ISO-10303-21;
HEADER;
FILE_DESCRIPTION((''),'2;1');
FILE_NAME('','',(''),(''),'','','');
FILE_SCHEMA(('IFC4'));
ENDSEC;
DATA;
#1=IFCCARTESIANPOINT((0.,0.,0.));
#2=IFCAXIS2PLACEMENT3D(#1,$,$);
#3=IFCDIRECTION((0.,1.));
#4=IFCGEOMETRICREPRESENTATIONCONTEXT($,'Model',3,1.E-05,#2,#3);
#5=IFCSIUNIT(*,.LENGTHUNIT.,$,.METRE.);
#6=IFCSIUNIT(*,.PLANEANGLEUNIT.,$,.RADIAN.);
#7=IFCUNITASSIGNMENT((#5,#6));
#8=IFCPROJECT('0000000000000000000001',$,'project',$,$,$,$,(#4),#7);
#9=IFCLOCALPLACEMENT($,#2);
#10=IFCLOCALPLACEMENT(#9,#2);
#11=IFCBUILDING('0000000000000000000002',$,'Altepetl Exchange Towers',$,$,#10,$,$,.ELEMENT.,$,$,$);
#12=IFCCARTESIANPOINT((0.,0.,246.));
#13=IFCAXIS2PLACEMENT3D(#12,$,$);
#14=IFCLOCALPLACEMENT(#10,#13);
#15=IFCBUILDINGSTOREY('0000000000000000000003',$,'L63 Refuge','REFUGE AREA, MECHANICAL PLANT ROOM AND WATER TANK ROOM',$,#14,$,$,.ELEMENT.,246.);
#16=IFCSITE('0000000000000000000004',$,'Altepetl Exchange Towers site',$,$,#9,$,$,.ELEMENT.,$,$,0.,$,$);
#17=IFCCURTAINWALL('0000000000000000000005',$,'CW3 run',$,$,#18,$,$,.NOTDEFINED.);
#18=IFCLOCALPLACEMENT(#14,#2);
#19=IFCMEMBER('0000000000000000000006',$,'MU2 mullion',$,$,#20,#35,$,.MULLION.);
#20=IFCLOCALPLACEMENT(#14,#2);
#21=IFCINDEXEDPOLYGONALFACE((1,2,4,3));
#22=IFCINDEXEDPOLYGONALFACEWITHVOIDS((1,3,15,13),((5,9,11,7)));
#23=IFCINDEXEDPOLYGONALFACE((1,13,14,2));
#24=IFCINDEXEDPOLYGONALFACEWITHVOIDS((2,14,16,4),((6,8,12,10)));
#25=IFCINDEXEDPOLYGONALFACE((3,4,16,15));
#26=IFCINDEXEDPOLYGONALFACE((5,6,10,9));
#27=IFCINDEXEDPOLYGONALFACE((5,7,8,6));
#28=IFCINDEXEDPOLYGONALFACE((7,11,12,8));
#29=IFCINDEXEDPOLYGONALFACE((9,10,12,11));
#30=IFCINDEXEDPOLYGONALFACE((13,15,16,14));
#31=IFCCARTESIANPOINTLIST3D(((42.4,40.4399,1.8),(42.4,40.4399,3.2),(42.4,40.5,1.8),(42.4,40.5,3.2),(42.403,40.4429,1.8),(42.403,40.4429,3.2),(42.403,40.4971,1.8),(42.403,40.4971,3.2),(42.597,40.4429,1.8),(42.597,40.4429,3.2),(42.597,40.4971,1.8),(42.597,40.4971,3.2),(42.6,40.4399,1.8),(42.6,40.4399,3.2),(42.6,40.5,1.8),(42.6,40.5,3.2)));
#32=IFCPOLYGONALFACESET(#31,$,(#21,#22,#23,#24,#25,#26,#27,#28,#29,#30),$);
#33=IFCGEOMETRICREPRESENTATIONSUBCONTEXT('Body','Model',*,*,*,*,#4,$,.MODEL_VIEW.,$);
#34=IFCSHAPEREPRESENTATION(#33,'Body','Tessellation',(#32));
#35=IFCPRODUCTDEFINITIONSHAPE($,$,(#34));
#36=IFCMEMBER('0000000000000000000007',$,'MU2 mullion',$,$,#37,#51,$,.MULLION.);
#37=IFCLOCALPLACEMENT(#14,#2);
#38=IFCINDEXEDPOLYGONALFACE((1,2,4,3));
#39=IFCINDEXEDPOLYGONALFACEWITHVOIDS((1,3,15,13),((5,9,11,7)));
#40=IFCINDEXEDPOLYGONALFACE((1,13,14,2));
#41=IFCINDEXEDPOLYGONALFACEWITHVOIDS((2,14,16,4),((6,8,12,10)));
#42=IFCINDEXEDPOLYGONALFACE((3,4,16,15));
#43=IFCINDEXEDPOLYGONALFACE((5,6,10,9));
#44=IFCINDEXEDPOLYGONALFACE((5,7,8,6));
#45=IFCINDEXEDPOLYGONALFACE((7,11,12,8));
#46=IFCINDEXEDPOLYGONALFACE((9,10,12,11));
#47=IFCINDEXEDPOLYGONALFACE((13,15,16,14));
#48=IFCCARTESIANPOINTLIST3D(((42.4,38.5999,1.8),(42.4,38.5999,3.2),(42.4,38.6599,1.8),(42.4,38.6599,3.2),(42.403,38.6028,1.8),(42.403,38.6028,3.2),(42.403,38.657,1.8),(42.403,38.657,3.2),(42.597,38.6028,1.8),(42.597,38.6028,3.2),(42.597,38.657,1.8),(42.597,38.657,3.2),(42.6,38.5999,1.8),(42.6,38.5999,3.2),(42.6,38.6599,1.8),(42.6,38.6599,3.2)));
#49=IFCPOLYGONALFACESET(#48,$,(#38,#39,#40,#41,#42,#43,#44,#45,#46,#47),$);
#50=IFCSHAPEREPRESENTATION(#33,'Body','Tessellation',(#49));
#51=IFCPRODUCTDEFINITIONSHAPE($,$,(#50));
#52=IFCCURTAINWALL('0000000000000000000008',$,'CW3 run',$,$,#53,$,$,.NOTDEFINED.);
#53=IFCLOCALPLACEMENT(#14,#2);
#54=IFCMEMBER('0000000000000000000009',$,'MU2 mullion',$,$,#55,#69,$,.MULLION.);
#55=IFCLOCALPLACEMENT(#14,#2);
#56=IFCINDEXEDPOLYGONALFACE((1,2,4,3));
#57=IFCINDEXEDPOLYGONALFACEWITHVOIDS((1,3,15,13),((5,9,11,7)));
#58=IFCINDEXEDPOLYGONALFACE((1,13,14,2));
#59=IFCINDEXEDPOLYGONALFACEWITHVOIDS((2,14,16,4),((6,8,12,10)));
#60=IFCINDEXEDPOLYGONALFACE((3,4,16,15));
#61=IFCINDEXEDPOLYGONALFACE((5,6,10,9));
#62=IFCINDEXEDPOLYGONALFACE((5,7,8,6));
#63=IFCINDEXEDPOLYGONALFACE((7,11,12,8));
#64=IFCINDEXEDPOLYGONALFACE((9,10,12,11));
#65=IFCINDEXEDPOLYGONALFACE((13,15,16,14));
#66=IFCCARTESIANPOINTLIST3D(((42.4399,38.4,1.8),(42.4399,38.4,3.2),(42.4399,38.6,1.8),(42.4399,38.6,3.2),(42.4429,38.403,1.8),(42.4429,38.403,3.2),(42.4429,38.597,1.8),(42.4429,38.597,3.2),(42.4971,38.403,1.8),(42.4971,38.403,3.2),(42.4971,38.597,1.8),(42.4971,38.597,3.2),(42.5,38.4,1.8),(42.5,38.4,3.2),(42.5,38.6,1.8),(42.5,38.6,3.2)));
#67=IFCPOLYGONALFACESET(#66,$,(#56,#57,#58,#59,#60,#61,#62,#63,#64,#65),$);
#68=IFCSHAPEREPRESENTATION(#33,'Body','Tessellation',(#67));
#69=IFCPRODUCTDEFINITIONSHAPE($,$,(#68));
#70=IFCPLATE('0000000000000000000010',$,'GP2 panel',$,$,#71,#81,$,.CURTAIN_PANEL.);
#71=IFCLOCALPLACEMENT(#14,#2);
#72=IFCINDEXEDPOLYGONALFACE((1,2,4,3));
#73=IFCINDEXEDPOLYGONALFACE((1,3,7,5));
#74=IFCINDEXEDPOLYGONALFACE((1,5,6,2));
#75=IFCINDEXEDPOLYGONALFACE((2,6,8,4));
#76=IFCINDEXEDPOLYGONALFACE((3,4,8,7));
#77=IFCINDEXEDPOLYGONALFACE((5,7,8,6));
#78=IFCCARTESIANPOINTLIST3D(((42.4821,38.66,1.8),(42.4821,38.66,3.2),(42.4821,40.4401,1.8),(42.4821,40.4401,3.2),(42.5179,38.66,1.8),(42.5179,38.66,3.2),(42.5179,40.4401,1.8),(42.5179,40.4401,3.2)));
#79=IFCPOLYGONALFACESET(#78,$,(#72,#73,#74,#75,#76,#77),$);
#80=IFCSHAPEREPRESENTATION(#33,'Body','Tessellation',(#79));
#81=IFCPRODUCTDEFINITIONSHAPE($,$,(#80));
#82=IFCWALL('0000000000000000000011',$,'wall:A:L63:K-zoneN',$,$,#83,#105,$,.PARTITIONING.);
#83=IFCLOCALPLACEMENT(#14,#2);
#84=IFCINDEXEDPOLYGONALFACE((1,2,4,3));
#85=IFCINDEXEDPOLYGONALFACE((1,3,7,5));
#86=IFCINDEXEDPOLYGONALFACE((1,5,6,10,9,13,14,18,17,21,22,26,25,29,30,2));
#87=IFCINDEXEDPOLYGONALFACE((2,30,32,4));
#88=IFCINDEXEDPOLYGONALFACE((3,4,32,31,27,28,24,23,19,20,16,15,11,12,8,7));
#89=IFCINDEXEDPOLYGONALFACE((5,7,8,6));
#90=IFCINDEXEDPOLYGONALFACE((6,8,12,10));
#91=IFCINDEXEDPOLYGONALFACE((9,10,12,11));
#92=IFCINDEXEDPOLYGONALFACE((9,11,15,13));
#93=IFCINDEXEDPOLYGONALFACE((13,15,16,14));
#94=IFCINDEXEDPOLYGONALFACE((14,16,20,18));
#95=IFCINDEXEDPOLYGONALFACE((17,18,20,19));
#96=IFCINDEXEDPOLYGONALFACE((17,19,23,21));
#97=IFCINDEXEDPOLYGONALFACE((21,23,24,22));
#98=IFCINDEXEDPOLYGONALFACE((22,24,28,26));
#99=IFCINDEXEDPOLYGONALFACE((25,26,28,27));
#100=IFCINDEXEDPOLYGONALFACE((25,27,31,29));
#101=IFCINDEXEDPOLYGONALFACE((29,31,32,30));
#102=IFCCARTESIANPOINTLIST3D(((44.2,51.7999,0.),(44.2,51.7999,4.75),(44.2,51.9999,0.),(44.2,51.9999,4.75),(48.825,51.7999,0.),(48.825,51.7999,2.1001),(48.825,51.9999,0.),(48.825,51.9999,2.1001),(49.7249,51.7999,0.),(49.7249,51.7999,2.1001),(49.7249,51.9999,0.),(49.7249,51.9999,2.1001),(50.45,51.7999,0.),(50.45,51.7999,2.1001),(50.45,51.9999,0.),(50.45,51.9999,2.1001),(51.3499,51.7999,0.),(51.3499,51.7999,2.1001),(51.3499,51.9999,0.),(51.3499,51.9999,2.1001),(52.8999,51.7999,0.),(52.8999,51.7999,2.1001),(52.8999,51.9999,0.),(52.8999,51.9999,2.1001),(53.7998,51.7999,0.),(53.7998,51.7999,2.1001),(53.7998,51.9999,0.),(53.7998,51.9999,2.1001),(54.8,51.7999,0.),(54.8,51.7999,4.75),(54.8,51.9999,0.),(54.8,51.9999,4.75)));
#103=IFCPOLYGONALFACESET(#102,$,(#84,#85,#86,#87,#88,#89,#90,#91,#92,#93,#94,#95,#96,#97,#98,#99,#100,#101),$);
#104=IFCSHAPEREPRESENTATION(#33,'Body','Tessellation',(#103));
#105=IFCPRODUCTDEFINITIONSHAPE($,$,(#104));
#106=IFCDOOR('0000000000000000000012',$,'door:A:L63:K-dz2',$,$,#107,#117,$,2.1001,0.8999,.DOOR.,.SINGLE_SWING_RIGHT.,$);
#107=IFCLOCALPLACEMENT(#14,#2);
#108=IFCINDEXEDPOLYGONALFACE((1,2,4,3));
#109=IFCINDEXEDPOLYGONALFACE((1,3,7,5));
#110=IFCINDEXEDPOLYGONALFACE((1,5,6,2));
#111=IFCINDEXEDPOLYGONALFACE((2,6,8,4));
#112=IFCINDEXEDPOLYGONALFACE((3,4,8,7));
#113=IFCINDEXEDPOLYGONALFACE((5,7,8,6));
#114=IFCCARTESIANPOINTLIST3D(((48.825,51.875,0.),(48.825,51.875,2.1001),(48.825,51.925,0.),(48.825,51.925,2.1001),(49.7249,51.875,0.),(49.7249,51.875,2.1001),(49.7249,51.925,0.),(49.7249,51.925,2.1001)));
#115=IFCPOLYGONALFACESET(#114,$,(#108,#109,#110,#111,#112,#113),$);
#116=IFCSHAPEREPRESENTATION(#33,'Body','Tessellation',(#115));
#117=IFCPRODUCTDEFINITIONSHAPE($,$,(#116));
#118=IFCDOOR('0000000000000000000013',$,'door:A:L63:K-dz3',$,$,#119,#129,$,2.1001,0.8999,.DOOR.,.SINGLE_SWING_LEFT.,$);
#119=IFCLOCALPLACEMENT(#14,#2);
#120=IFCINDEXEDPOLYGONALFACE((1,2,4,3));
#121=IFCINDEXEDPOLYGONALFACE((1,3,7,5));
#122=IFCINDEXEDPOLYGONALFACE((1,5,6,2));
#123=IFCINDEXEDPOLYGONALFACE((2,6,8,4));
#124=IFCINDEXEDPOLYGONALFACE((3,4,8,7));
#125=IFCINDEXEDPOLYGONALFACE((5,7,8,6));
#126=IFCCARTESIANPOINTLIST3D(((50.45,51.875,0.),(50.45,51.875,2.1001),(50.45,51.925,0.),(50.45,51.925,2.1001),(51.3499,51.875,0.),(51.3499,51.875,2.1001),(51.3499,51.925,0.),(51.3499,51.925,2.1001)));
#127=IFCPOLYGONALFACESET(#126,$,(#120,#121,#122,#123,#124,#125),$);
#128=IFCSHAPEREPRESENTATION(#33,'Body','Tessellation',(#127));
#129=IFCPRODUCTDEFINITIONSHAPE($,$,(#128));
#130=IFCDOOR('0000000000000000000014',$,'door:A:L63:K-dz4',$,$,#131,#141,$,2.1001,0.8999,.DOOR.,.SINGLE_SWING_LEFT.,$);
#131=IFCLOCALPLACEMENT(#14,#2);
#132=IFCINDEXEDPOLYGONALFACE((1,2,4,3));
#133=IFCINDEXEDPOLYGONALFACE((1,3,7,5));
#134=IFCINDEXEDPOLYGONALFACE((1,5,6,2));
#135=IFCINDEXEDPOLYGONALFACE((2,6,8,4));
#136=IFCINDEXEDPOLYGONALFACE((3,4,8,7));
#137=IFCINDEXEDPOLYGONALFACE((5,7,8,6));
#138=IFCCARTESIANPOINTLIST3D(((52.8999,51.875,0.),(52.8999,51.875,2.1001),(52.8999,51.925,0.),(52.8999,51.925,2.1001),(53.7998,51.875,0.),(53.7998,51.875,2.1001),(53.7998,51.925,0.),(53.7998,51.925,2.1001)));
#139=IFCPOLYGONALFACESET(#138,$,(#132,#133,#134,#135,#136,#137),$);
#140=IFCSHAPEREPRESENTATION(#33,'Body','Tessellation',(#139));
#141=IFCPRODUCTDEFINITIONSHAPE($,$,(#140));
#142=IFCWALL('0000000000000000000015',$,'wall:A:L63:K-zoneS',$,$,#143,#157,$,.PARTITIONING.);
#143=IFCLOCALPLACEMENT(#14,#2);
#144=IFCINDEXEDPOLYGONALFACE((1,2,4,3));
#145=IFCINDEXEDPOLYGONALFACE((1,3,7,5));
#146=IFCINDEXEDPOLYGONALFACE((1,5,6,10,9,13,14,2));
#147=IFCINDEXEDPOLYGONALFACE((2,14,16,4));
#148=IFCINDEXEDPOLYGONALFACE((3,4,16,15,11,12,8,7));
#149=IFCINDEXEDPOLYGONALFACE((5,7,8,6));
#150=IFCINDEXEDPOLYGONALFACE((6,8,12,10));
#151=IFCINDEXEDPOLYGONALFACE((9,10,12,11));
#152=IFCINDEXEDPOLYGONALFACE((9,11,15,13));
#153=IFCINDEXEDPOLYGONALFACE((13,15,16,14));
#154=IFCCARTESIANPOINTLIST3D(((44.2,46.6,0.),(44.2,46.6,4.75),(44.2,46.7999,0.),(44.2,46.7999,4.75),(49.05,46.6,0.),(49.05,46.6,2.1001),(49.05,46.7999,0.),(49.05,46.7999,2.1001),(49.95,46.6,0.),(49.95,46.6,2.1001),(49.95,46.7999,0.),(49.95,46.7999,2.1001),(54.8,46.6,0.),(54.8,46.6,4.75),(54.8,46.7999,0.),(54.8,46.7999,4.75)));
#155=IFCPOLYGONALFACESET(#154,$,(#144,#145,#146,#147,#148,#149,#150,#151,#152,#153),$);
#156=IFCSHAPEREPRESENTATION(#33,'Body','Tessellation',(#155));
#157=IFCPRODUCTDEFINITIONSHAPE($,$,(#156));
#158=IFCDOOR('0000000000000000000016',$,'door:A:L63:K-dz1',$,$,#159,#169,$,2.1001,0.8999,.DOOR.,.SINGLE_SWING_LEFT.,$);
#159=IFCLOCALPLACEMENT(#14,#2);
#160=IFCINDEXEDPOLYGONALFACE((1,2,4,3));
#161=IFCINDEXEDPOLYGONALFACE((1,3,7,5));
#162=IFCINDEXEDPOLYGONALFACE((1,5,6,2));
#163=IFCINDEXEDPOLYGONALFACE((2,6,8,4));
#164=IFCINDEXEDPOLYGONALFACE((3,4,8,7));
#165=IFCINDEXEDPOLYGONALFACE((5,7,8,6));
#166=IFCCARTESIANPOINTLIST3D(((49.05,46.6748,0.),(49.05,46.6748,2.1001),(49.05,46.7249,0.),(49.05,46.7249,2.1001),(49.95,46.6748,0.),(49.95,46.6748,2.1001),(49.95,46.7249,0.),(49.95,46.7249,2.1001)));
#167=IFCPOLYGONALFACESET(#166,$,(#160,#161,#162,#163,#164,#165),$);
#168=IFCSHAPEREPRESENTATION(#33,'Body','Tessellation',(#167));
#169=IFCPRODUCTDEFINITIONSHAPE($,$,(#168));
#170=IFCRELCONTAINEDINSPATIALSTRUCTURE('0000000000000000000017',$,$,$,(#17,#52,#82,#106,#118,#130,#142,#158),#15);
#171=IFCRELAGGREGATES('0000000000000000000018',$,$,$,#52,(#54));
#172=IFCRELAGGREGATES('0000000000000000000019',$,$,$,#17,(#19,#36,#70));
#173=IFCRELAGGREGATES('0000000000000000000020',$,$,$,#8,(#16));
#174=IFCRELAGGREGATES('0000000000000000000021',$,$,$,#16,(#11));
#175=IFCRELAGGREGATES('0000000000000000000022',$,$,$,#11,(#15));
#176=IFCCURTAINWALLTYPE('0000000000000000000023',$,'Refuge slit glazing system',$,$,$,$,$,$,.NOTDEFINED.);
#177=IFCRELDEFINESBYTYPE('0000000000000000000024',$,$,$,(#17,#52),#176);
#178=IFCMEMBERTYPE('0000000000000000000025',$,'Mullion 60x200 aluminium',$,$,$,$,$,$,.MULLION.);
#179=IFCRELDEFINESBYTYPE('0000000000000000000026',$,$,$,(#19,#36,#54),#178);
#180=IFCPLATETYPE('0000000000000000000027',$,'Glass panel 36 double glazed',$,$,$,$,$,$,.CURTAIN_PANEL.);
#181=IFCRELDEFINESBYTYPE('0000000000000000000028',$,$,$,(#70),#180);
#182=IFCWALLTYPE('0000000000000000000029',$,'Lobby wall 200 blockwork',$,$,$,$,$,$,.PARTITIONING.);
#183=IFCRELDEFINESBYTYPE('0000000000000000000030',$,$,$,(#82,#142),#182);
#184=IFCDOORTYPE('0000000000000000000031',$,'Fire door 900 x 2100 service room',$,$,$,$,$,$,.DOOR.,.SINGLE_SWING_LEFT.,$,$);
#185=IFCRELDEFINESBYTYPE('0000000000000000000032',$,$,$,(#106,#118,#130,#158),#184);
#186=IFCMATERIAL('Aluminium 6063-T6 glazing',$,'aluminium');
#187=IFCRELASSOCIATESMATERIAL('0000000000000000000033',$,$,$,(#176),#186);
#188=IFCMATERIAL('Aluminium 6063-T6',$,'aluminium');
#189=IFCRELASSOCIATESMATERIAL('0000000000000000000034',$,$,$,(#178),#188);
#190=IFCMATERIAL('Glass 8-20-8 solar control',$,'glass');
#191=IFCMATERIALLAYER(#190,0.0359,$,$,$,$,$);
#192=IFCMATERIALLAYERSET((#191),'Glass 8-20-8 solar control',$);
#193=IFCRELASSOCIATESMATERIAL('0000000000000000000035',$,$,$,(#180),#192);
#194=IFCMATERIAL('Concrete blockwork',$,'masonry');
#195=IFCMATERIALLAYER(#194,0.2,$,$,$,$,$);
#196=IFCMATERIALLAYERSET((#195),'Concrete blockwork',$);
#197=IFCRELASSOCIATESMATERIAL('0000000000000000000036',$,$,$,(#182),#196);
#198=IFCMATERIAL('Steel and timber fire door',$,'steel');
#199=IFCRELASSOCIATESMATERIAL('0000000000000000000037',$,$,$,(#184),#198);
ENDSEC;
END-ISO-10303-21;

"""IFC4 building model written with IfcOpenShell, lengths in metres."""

from ifc_helpers import new_model, si_unit, direction, frame, frame_2d, origin, origin_2d, place, context, subcontext, project, spatial, rectangle, hollow_rectangle, extrude, material, layer, layer_set, material_profile, profile_set, type_object, element, fill, aggregate, save


model = new_model("IFC4")

# Units and contexts
model_context = context("Model", 3, precision=1e-05, world=origin(), true_north=direction((0.0, 1.0)))
body_context = subcontext(model_context, "Body", "Model", "MODEL_VIEW")
ifc_project = project(units=[si_unit("LENGTHUNIT", "METRE"), si_unit("PLANEANGLEUNIT", "RADIAN")], contexts=[model_context])

# Site, building, storey
site_placement = place(None, origin())
site = spatial("IfcSite", under=ifc_project, at=site_placement, Name="Altepetl Exchange Towers site", CompositionType="ELEMENT", RefElevation=0.0)
building_placement = place(site_placement, origin())
building = spatial("IfcBuilding", under=site, at=building_placement, Name="Altepetl Exchange Towers", CompositionType="ELEMENT")
storey_placement = place(building_placement, frame((0.0, 0.0, 246.0)))
storey = spatial("IfcBuildingStorey", under=building, at=storey_placement, Name="L63 Refuge", Description="REFUGE AREA, MECHANICAL PLANT ROOM AND WATER TANK ROOM", CompositionType="ELEMENT", Elevation=246.0)

# Curtain wall, members
ifc_material_1 = material(Name="Aluminium 6063-T6 glazing", Category="aluminium")
curtain_wall_type = type_object("IfcCurtainWallType", Name="Refuge slit glazing system", PredefinedType="NOTDEFINED", material=ifc_material_1)
curtain_wall_1_placement = place(storey_placement, origin())
curtain_wall_1 = element("IfcCurtainWall", 1, at=curtain_wall_1_placement, inside=storey, type_object=curtain_wall_type, Name="CW3 run", PredefinedType="NOTDEFINED")
ifc_material_2 = material(Name="Aluminium 6063-T6", Category="aluminium")
ifc_material_profile = material_profile(ifc_material_2, hollow_rectangle(XDim=0.0601, YDim=0.2, WallThickness=0.0029, at=origin_2d()), Name="Mullion 60x200 aluminium")
ifc_profile_set = profile_set([ifc_material_profile], Name="Aluminium 6063-T6")
member_type = type_object("IfcMemberType", Name="Mullion 60x200 aluminium", PredefinedType="MULLION", material=ifc_profile_set)
member_1_placement = place(storey_placement, frame((42.5, 40.47, 1.8), z_axis=(0.0, 0.0, 1.0), x_axis=(0.0, -1.0, 0.0)))
member_1 = element("IfcMember", 2, at=member_1_placement, type_object=member_type, Name="MU2 mullion", PredefinedType="MULLION", context=body_context, shape_type="SweptSolid", body=[
    extrude(hollow_rectangle(XDim=0.0601, YDim=0.2, WallThickness=0.0029, at=origin_2d()), origin(), (0.0, 0.0, 1.0), 1.3999),
])
member_2_placement = place(storey_placement, frame((42.5, 38.6299, 1.8), z_axis=(0.0, 0.0, 1.0), x_axis=(0.0, -1.0, 0.0)))
member_2 = element("IfcMember", 3, at=member_2_placement, type_object=member_type, Name="MU2 mullion", PredefinedType="MULLION", context=body_context, shape_type="SweptSolid", body=[
    extrude(hollow_rectangle(XDim=0.0601, YDim=0.2, WallThickness=0.0029, at=origin_2d()), origin(), (0.0, 0.0, 1.0), 1.3999),
])

# Curtain wall, member
curtain_wall_2_placement = place(storey_placement, origin())
curtain_wall_2 = element("IfcCurtainWall", 4, at=curtain_wall_2_placement, inside=storey, type_object=curtain_wall_type, Name="CW3 run", PredefinedType="NOTDEFINED")
member_3_placement = place(storey_placement, frame((42.47, 38.5, 1.8), z_axis=(0.0, 0.0, 1.0), x_axis=(-1.0, 0.0, 0.0)))
member_3 = element("IfcMember", 5, at=member_3_placement, type_object=member_type, Name="MU2 mullion", PredefinedType="MULLION", context=body_context, shape_type="SweptSolid", body=[
    extrude(hollow_rectangle(XDim=0.0601, YDim=0.2, WallThickness=0.0029, at=origin_2d()), origin(), (0.0, 0.0, 1.0), 1.3999),
])
aggregate(curtain_wall_2, [member_3])

# Plate
ifc_material_3 = material(Name="Glass 8-20-8 solar control", Category="glass")
ifc_layer_1 = layer(ifc_material_3, 0.0359)
ifc_layer_set_1 = layer_set([ifc_layer_1], Name="Glass 8-20-8 solar control")
plate_type = type_object("IfcPlateType", Name="Glass panel 36 double glazed", PredefinedType="CURTAIN_PANEL", material=ifc_layer_set_1)
plate_placement = place(storey_placement, frame((42.5, 39.55, 1.8), z_axis=(0.0, 0.0, 1.0), x_axis=(0.0, -1.0, 0.0)))
plate = element("IfcPlate", 6, at=plate_placement, type_object=plate_type, Name="GP2 panel", PredefinedType="CURTAIN_PANEL", context=body_context, shape_type="SweptSolid", body=[
    extrude(rectangle(XDim=1.78, YDim=0.0359, at=origin_2d()), origin(), (0.0, 0.0, 1.0), 1.3999),
])
aggregate(curtain_wall_1, [member_1, member_2, plate])

# Wall, openings, doors
ifc_material_4 = material(Name="Concrete blockwork", Category="masonry")
ifc_layer_2 = layer(ifc_material_4, 0.2)
ifc_layer_set_2 = layer_set([ifc_layer_2], Name="Concrete blockwork")
wall_type_1 = type_object("IfcWallType", Name="Lobby wall 200 blockwork", PredefinedType="PARTITIONING", material=ifc_layer_set_2)
wall_1_placement = place(storey_placement, frame((44.2, 51.8999, 0.0)))
wall_1 = element("IfcWall", 7, at=wall_1_placement, inside=storey, type_object=wall_type_1, Name="wall:A:L63:K-zoneN", PredefinedType="PARTITIONING", context=body_context, shape_type="SweptSolid", body=[
    extrude(rectangle(XDim=10.6001, YDim=0.2, at=frame_2d((5.3, 0.0))), origin(), (0.0, 0.0, 1.0), 4.75),
])
opening_1_placement = place(wall_1_placement, frame((4.625, 0.0, 0.0)))
opening_1 = element("IfcOpeningElement", 8, at=opening_1_placement, cuts=wall_1, PredefinedType="OPENING", context=body_context, shape_type="SweptSolid", body=[
    extrude(rectangle(XDim=0.8999, YDim=2.1001, at=frame_2d((0.45, 1.05))), frame((0.0, 0.1099, 0.0), z_axis=(0.0, -1.0, 0.0), x_axis=(1.0, 0.0, 0.0)), (0.0, 0.0, 1.0), 0.22),
])
opening_2_placement = place(wall_1_placement, frame((6.25, 0.0, 0.0)))
opening_2 = element("IfcOpeningElement", 9, at=opening_2_placement, cuts=wall_1, PredefinedType="OPENING", context=body_context, shape_type="SweptSolid", body=[
    extrude(rectangle(XDim=0.8999, YDim=2.1001, at=frame_2d((0.45, 1.05))), frame((0.0, 0.1099, 0.0), z_axis=(0.0, -1.0, 0.0), x_axis=(1.0, 0.0, 0.0)), (0.0, 0.0, 1.0), 0.22),
])
opening_3_placement = place(wall_1_placement, frame((8.7, 0.0, 0.0)))
opening_3 = element("IfcOpeningElement", 10, at=opening_3_placement, cuts=wall_1, PredefinedType="OPENING", context=body_context, shape_type="SweptSolid", body=[
    extrude(rectangle(XDim=0.8999, YDim=2.1001, at=frame_2d((0.45, 1.05))), frame((0.0, 0.1099, 0.0), z_axis=(0.0, -1.0, 0.0), x_axis=(1.0, 0.0, 0.0)), (0.0, 0.0, 1.0), 0.22),
])
ifc_material_5 = material(Name="Steel and timber fire door", Category="steel")
door_type = type_object("IfcDoorType", Name="Fire door 900 x 2100 service room", OperationType="SINGLE_SWING_LEFT", PredefinedType="DOOR", material=ifc_material_5)
door_1_placement = place(opening_1_placement, frame((0.8999, 0.0, 0.0), x_axis=(-1.0, 0.0, 0.0)))
door_1 = element("IfcDoor", 11, at=door_1_placement, inside=storey, type_object=door_type, Name="door:A:L63:K-dz2", OperationType="SINGLE_SWING_RIGHT", OverallHeight=2.1001, OverallWidth=0.8999, PredefinedType="DOOR", context=body_context, shape_type="SweptSolid", body=[
    extrude(rectangle(XDim=0.8999, YDim=2.1001, at=frame_2d((0.45, 1.05))), frame((0.0, 0.0249, 0.0), z_axis=(0.0, -1.0, 0.0), x_axis=(1.0, 0.0, 0.0)), (0.0, 0.0, 1.0), 0.05),
])
fill(opening_1, door_1)
door_2_placement = place(opening_2_placement, frame((0.8999, 0.0, 0.0), x_axis=(-1.0, 0.0, 0.0)))
door_2 = element("IfcDoor", 12, at=door_2_placement, inside=storey, type_object=door_type, Name="door:A:L63:K-dz3", OperationType="SINGLE_SWING_LEFT", OverallHeight=2.1001, OverallWidth=0.8999, PredefinedType="DOOR", context=body_context, shape_type="SweptSolid", body=[
    extrude(rectangle(XDim=0.8999, YDim=2.1001, at=frame_2d((0.45, 1.05))), frame((0.0, 0.0249, 0.0), z_axis=(0.0, -1.0, 0.0), x_axis=(1.0, 0.0, 0.0)), (0.0, 0.0, 1.0), 0.05),
])
fill(opening_2, door_2)
door_3_placement = place(opening_3_placement, frame((0.8999, 0.0, 0.0), x_axis=(-1.0, 0.0, 0.0)))
door_3 = element("IfcDoor", 13, at=door_3_placement, inside=storey, type_object=door_type, Name="door:A:L63:K-dz4", OperationType="SINGLE_SWING_LEFT", OverallHeight=2.1001, OverallWidth=0.8999, PredefinedType="DOOR", context=body_context, shape_type="SweptSolid", body=[
    extrude(rectangle(XDim=0.8999, YDim=2.1001, at=frame_2d((0.45, 1.05))), frame((0.0, 0.0249, 0.0), z_axis=(0.0, -1.0, 0.0), x_axis=(1.0, 0.0, 0.0)), (0.0, 0.0, 1.0), 0.05),
])
fill(opening_3, door_3)

# Wall, opening, door
wall_2_placement = place(storey_placement, frame((44.2, 46.7, 0.0)))
wall_2 = element("IfcWall", 14, at=wall_2_placement, inside=storey, type_object=wall_type_1, Name="wall:A:L63:K-zoneS", PredefinedType="PARTITIONING", context=body_context, shape_type="SweptSolid", body=[
    extrude(rectangle(XDim=10.6001, YDim=0.2, at=frame_2d((5.3, 0.0))), origin(), (0.0, 0.0, 1.0), 4.75),
])
opening_4_placement = place(wall_2_placement, frame((4.8501, 0.0, 0.0)))
opening_4 = element("IfcOpeningElement", 15, at=opening_4_placement, cuts=wall_2, PredefinedType="OPENING", context=body_context, shape_type="SweptSolid", body=[
    extrude(rectangle(XDim=0.8999, YDim=2.1001, at=frame_2d((0.45, 1.05))), frame((0.0, 0.1099, 0.0), z_axis=(0.0, -1.0, 0.0), x_axis=(1.0, 0.0, 0.0)), (0.0, 0.0, 1.0), 0.22),
])
door_4_placement = place(opening_4_placement, origin())
door_4 = element("IfcDoor", 16, at=door_4_placement, inside=storey, type_object=door_type, Name="door:A:L63:K-dz1", OperationType="SINGLE_SWING_LEFT", OverallHeight=2.1001, OverallWidth=0.8999, PredefinedType="DOOR", context=body_context, shape_type="SweptSolid", body=[
    extrude(rectangle(XDim=0.8999, YDim=2.1001, at=frame_2d((0.45, 1.05))), frame((0.0, 0.0249, 0.0), z_axis=(0.0, -1.0, 0.0), x_axis=(1.0, 0.0, 0.0)), (0.0, 0.0, 1.0), 0.05),
])
fill(opening_4, door_4)

save(model, "model.ifc")
